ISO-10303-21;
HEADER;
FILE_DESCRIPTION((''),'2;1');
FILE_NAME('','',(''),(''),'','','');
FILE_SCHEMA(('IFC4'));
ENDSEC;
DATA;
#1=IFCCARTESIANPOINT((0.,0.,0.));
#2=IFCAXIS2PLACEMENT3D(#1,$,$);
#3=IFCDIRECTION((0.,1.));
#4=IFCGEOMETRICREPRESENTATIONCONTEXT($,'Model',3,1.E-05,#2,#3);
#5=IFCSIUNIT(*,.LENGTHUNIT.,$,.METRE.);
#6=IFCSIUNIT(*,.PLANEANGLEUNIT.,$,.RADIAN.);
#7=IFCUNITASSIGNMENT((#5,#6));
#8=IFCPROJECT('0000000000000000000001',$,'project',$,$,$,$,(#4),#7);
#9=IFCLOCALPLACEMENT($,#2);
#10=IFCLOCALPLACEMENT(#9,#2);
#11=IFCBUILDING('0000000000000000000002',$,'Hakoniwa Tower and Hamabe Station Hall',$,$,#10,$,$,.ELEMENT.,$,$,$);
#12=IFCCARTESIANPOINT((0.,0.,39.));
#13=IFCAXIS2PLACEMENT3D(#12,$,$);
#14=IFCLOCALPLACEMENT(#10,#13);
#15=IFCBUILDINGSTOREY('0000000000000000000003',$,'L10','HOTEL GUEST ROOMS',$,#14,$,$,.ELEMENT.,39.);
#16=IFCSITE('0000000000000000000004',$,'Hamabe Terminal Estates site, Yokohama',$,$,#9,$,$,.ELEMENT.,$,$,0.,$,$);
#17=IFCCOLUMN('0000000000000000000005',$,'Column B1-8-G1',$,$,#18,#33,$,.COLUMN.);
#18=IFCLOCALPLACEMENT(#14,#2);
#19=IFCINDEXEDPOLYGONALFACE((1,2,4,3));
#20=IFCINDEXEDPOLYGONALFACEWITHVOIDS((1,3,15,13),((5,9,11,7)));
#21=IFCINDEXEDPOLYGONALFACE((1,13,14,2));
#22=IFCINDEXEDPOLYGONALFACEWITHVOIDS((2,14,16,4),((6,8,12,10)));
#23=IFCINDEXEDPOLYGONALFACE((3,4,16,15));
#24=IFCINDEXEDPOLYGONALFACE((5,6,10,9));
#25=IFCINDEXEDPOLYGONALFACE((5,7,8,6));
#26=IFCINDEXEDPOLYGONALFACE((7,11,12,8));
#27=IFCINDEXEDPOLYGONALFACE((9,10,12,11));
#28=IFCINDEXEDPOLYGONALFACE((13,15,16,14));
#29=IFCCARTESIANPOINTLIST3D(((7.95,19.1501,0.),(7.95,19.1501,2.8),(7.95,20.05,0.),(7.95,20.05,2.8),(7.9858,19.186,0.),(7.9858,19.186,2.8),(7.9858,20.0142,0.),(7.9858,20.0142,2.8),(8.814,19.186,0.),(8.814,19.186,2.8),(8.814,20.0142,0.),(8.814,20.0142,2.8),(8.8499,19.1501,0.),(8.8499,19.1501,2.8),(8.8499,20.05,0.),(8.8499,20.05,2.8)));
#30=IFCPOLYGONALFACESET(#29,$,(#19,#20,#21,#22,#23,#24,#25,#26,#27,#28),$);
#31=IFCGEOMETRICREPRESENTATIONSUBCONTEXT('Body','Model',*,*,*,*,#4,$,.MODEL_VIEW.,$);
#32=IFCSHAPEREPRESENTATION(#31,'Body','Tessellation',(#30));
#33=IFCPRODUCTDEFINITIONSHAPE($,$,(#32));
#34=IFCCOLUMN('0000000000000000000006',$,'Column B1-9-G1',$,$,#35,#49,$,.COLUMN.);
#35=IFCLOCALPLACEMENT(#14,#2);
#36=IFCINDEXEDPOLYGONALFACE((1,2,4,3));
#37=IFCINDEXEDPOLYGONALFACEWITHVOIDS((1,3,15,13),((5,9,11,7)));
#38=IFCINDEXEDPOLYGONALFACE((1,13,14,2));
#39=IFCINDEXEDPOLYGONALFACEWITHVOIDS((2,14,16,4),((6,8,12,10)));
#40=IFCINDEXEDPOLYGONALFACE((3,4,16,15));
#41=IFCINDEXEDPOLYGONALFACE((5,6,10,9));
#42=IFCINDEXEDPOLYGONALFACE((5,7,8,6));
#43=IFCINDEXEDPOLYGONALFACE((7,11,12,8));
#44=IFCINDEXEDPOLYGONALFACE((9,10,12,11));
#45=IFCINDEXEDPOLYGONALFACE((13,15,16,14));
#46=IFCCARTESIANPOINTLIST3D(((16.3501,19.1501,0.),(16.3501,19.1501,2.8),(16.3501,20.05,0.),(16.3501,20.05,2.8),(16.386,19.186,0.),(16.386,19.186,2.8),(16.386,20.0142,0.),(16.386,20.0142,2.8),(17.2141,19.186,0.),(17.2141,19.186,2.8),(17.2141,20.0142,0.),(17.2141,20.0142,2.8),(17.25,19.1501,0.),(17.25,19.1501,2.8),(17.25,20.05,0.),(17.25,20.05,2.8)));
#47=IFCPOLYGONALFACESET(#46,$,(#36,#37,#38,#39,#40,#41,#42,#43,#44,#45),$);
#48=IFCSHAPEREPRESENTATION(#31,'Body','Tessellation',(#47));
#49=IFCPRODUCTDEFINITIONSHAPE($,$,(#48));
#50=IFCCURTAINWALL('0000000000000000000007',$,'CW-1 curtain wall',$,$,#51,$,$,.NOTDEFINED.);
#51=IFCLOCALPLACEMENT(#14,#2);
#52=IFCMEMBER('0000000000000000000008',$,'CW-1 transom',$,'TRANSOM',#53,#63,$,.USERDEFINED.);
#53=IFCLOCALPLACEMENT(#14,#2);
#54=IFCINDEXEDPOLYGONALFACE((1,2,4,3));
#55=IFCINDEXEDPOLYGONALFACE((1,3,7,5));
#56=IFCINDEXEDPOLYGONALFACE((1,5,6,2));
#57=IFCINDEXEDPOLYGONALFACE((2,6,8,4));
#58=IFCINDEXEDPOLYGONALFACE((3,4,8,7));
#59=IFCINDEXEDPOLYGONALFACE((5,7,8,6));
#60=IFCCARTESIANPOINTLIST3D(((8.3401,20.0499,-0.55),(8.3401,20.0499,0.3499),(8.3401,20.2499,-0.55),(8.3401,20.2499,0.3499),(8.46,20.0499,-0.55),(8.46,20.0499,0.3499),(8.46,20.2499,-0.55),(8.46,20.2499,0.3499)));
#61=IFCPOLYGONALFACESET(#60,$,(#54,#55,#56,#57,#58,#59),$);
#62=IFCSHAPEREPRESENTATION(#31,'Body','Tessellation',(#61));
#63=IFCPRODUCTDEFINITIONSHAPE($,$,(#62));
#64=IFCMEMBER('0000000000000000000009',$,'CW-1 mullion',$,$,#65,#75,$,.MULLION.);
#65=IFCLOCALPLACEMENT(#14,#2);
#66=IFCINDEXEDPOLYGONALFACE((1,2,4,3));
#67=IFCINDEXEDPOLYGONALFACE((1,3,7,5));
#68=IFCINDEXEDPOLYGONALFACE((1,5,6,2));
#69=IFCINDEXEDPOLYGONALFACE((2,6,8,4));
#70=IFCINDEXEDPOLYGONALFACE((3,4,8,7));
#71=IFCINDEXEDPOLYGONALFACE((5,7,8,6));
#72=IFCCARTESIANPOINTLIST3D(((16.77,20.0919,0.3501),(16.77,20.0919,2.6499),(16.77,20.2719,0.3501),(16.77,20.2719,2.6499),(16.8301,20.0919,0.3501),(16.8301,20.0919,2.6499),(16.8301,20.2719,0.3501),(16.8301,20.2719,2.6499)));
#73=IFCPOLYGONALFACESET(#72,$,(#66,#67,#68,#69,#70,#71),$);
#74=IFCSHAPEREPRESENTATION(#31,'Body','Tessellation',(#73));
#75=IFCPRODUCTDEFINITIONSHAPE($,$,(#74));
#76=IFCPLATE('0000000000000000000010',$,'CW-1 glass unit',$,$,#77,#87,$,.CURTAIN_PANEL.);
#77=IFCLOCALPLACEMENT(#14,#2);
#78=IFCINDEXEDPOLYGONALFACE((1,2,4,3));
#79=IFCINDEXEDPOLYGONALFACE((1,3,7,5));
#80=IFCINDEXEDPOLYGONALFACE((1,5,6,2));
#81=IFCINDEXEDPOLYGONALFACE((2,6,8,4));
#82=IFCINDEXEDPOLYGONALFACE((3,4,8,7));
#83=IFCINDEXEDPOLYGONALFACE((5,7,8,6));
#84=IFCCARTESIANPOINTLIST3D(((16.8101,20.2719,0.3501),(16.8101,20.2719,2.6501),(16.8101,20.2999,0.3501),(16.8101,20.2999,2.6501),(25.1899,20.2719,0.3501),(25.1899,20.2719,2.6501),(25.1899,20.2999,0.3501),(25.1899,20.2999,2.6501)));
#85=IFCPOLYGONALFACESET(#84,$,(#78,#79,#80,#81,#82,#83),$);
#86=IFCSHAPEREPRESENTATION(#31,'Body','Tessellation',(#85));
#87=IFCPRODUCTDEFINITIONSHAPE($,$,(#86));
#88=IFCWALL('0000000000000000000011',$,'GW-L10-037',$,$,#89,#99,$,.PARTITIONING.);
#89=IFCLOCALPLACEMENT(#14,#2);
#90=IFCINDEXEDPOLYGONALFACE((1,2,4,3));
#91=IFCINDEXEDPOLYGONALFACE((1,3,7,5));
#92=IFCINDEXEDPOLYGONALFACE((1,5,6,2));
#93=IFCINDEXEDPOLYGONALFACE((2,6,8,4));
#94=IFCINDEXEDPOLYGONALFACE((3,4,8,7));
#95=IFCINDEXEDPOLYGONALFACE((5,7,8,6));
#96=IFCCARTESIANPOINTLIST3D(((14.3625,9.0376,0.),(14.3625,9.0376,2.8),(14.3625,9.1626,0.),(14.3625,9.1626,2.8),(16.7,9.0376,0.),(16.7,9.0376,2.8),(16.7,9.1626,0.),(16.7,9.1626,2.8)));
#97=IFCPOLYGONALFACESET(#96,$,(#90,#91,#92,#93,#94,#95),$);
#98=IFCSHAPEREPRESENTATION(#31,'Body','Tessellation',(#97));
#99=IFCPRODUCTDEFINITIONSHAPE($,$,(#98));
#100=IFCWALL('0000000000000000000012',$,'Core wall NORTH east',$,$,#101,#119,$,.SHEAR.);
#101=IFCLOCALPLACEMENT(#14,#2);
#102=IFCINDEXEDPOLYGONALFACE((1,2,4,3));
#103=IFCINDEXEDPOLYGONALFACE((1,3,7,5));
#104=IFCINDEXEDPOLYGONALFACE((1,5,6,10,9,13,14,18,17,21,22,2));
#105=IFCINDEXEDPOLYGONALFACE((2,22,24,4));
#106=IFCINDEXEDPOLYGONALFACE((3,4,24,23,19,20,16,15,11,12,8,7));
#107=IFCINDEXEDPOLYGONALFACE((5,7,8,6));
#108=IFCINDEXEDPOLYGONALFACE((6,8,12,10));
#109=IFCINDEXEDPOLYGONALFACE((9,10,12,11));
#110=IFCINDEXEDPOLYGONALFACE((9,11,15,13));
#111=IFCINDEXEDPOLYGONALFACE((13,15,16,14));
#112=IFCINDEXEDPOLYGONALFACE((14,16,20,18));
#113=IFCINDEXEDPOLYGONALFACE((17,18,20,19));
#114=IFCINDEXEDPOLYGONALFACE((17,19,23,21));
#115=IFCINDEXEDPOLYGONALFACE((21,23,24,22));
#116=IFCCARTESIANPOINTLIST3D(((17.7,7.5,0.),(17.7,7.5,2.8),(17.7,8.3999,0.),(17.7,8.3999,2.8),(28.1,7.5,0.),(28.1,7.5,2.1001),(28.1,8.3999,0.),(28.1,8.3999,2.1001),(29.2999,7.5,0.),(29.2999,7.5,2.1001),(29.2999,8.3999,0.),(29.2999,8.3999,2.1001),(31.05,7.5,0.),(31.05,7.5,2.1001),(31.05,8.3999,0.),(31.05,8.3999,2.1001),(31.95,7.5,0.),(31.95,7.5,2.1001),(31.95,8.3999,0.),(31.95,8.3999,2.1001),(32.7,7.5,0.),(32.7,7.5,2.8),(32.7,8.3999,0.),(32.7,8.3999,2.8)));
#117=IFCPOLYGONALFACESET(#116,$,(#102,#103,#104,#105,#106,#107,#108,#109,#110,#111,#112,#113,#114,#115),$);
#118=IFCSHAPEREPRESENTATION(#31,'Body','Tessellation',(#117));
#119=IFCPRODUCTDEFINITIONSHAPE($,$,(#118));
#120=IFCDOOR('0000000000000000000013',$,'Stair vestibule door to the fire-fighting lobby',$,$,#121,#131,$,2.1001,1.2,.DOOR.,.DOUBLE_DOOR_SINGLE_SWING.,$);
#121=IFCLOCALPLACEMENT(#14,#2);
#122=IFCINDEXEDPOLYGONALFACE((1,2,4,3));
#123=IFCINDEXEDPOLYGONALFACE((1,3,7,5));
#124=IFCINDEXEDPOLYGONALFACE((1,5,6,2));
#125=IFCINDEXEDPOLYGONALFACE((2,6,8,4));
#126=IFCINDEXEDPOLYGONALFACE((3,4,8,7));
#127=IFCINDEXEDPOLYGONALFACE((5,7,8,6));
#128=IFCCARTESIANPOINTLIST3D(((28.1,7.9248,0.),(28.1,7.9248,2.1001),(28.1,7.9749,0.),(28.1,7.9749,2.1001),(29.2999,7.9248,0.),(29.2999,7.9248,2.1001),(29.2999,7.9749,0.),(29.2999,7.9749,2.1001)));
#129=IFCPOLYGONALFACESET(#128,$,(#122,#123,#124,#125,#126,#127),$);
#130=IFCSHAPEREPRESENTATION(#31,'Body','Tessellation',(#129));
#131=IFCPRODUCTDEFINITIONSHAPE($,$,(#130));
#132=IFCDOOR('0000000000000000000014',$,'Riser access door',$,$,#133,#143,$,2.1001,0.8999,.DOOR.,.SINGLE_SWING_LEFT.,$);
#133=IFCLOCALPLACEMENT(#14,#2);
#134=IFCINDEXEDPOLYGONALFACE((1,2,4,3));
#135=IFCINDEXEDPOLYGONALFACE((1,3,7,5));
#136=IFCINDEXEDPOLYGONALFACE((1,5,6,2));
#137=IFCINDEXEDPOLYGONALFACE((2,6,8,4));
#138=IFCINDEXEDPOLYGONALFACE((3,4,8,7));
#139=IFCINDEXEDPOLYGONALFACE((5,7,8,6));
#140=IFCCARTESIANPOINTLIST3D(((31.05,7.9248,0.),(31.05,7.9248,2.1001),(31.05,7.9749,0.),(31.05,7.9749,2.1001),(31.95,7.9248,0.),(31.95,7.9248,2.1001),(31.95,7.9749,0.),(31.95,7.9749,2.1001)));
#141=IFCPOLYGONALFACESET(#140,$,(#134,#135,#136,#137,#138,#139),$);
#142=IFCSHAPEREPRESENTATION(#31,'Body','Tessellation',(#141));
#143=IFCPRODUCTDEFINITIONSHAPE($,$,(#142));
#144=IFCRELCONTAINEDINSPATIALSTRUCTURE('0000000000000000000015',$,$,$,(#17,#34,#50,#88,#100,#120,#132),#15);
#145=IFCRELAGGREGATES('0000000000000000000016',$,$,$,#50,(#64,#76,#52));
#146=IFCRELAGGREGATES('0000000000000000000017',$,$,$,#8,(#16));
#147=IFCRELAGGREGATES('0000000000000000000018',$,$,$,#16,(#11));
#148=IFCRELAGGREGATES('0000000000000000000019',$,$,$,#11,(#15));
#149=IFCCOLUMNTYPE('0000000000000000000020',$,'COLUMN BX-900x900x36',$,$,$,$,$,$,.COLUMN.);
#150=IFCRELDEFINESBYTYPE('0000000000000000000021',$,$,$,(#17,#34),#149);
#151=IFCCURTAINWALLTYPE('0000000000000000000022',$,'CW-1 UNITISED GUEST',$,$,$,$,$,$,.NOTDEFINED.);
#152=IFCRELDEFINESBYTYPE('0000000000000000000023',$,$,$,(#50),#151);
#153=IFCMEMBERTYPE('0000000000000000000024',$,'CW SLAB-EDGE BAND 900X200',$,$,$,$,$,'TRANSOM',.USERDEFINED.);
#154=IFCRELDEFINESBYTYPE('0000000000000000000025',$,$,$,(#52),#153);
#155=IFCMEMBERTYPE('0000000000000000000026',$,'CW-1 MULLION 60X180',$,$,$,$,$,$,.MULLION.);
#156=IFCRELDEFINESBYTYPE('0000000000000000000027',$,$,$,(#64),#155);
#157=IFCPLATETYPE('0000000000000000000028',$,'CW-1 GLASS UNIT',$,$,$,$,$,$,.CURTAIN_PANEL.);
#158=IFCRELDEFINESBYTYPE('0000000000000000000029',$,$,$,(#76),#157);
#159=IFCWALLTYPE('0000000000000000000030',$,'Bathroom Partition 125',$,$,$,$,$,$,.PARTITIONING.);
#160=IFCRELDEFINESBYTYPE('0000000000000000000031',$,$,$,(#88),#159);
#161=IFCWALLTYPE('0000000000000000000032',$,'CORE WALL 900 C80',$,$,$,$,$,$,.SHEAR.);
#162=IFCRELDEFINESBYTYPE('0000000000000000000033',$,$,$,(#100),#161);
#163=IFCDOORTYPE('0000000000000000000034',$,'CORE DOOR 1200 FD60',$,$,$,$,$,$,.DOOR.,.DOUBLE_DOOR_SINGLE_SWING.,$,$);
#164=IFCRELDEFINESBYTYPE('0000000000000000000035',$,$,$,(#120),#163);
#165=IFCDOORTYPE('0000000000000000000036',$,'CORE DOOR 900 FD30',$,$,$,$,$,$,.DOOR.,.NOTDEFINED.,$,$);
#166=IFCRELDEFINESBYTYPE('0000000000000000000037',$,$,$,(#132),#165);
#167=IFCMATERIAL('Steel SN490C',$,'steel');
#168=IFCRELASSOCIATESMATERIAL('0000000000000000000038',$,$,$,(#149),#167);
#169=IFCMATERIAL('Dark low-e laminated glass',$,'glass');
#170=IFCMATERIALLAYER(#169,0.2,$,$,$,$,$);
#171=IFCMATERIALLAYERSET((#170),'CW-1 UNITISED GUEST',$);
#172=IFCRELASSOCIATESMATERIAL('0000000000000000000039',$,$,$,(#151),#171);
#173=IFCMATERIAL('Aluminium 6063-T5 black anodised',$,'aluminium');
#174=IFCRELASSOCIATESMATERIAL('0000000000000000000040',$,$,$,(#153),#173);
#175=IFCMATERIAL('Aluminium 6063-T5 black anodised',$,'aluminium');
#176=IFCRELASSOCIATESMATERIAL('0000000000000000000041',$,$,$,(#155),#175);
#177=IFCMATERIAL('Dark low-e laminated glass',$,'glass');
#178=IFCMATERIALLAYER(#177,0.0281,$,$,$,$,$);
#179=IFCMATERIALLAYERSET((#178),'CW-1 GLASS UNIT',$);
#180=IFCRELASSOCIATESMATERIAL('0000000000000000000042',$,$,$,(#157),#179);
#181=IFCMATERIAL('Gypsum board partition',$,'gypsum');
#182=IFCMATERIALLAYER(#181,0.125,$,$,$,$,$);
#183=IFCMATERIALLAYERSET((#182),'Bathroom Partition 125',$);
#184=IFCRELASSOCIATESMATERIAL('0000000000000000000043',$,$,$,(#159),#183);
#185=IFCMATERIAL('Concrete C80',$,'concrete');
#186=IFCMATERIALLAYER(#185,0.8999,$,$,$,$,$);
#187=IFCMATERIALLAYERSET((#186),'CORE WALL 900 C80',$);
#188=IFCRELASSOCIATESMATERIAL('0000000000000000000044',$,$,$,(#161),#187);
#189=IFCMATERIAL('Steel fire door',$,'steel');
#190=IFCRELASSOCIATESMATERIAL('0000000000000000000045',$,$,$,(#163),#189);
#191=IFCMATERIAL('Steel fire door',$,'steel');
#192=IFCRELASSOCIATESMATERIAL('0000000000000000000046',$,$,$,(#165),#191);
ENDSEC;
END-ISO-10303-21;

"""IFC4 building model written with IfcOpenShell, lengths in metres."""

from ifc_helpers import new_model, si_unit, direction, frame, frame_2d, origin, origin_2d, place, context, subcontext, project, spatial, rectangle, hollow_rectangle, extrude, material, layer, layer_set, material_profile, profile_set, type_object, element, fill, aggregate, save


model = new_model("IFC4")

# Units and contexts
model_context = context("Model", 3, precision=1e-05, world=origin(), true_north=direction((0.0, 1.0)))
body_context = subcontext(model_context, "Body", "Model", "MODEL_VIEW")
ifc_project = project(units=[si_unit("LENGTHUNIT", "METRE"), si_unit("PLANEANGLEUNIT", "RADIAN")], contexts=[model_context])

# Site, building, storey
site_placement = place(None, origin())
site = spatial("IfcSite", under=ifc_project, at=site_placement, Name="Hamabe Terminal Estates site, Yokohama", CompositionType="ELEMENT", RefElevation=0.0)
building_placement = place(site_placement, origin())
building = spatial("IfcBuilding", under=site, at=building_placement, Name="Hakoniwa Tower and Hamabe Station Hall", CompositionType="ELEMENT")
storey_placement = place(building_placement, frame((0.0, 0.0, 39.0)))
storey = spatial("IfcBuildingStorey", under=building, at=storey_placement, Name="L10", Description="HOTEL GUEST ROOMS", CompositionType="ELEMENT", Elevation=39.0)

# Columns
ifc_material_1 = material(Name="Steel SN490C", Category="steel")
ifc_material_profile_1 = material_profile(ifc_material_1, hollow_rectangle(XDim=0.8999, YDim=0.8999, WallThickness=0.0359, at=origin_2d()), Name="BX-900x900x36")
ifc_profile_set_1 = profile_set([ifc_material_profile_1], Name="Steel SN490C")
column_type = type_object("IfcColumnType", Name="COLUMN BX-900x900x36", PredefinedType="COLUMN", material=ifc_profile_set_1)
for number, where, z_axis, x_axis, name in (
    (1, (8.3999, 19.6001, 0.0), (0.0, 0.0, 1.0), (1.0, 0.0, 0.0), "Column B1-8-G1"),
    (2, (16.8, 19.6001, 0.0), (0.0, 0.0, 1.0), (1.0, 0.0, 0.0), "Column B1-9-G1"),
):
    element("IfcColumn", number, at=place(storey_placement, frame(where, z_axis=z_axis, x_axis=x_axis)), inside=storey, type_object=column_type, Name=name, PredefinedType="COLUMN", context=body_context, shape_type="SweptSolid", body=[
        extrude(hollow_rectangle(XDim=0.8999, YDim=0.8999, WallThickness=0.0359, at=origin_2d()), origin(), (0.0, 0.0, 1.0), 2.8),
    ])

# Curtain wall, members, plate
ifc_material_2 = material(Name="Dark low-e laminated glass", Category="glass")
ifc_layer_1 = layer(ifc_material_2, 0.2)
ifc_layer_set_1 = layer_set([ifc_layer_1], Name="CW-1 UNITISED GUEST")
curtain_wall_type = type_object("IfcCurtainWallType", Name="CW-1 UNITISED GUEST", PredefinedType="NOTDEFINED", material=ifc_layer_set_1)
curtain_wall_placement = place(storey_placement, origin())
curtain_wall = element("IfcCurtainWall", 3, at=curtain_wall_placement, inside=storey, type_object=curtain_wall_type, Name="CW-1 curtain wall", PredefinedType="NOTDEFINED")
ifc_material_3 = material(Name="Aluminium 6063-T5 black anodised", Category="aluminium")
ifc_material_profile_2 = material_profile(ifc_material_3, rectangle(XDim=0.2, YDim=0.8999, at=origin_2d()), Name="CW SLAB-EDGE BAND 900X200")
ifc_profile_set_2 = profile_set([ifc_material_profile_2], Name="Aluminium 6063-T5 black anodised")
member_type_1 = type_object("IfcMemberType", Name="CW SLAB-EDGE BAND 900X200", ElementType="TRANSOM", PredefinedType="USERDEFINED", material=ifc_profile_set_2)
member_1_placement = place(storey_placement, frame((8.46, 20.1499, -0.1001), z_axis=(-1.0, 0.0, 0.0), x_axis=(0.0, -1.0, 0.0)))
member_1 = element("IfcMember", 4, at=member_1_placement, type_object=member_type_1, Name="CW-1 transom", ObjectType="TRANSOM", PredefinedType="USERDEFINED", context=body_context, shape_type="SweptSolid", body=[
    extrude(rectangle(XDim=0.2, YDim=0.8999, at=origin_2d()), origin(), (0.0, 0.0, 1.0), 0.1199),
])
ifc_material_4 = material(Name="Aluminium 6063-T5 black anodised", Category="aluminium")
ifc_material_profile_3 = material_profile(ifc_material_4, rectangle(XDim=0.0601, YDim=0.1799, at=origin_2d()), Name="CW-1 MULLION 60X180")
ifc_profile_set_3 = profile_set([ifc_material_profile_3], Name="Aluminium 6063-T5 black anodised")
member_type_2 = type_object("IfcMemberType", Name="CW-1 MULLION 60X180", PredefinedType="MULLION", material=ifc_profile_set_3)
member_2_placement = place(storey_placement, frame((16.8, 20.1819, 0.3501), z_axis=(0.0, 0.0, 1.0), x_axis=(-1.0, 0.0, 0.0)))
member_2 = element("IfcMember", 5, at=member_2_placement, type_object=member_type_2, Name="CW-1 mullion", PredefinedType="MULLION", context=body_context, shape_type="SweptSolid", body=[
    extrude(rectangle(XDim=0.0601, YDim=0.1799, at=origin_2d()), origin(), (0.0, 0.0, 1.0), 2.2998),
])
ifc_material_5 = material(Name="Dark low-e laminated glass", Category="glass")
ifc_layer_2 = layer(ifc_material_5, 0.0281)
ifc_layer_set_2 = layer_set([ifc_layer_2], Name="CW-1 GLASS UNIT")
plate_type = type_object("IfcPlateType", Name="CW-1 GLASS UNIT", PredefinedType="CURTAIN_PANEL", material=ifc_layer_set_2)
plate_placement = place(storey_placement, frame((21.0, 20.2859, 0.3501), z_axis=(0.0, 0.0, 1.0), x_axis=(-1.0, 0.0, 0.0)))
plate = element("IfcPlate", 6, at=plate_placement, type_object=plate_type, Name="CW-1 glass unit", PredefinedType="CURTAIN_PANEL", context=body_context, shape_type="SweptSolid", body=[
    extrude(rectangle(XDim=8.3799, YDim=0.0281, at=origin_2d()), origin(), (0.0, 0.0, 1.0), 2.3),
])

# Wall
ifc_material_6 = material(Name="Gypsum board partition", Category="gypsum")
ifc_layer_3 = layer(ifc_material_6, 0.125)
ifc_layer_set_3 = layer_set([ifc_layer_3], Name="Bathroom Partition 125")
wall_type_1 = type_object("IfcWallType", Name="Bathroom Partition 125", PredefinedType="PARTITIONING", material=ifc_layer_set_3)
wall_1_placement = place(storey_placement, frame((14.3625, 9.1001, 0.0), z_axis=(0.0, 0.0, 1.0), x_axis=(1.0, 0.0, 0.0)))
element("IfcWall", 7, at=wall_1_placement, inside=storey, type_object=wall_type_1, Name="GW-L10-037", PredefinedType="PARTITIONING", context=body_context, shape_type="SweptSolid", body=[
    extrude(rectangle(XDim=2.3374, YDim=0.125, at=frame_2d((1.1687, 0.0))), origin(), (0.0, 0.0, 1.0), 2.8),
])

# Wall, openings, doors
ifc_material_7 = material(Name="Concrete C80", Category="concrete")
ifc_layer_4 = layer(ifc_material_7, 0.8999)
ifc_layer_set_4 = layer_set([ifc_layer_4], Name="CORE WALL 900 C80")
wall_type_2 = type_object("IfcWallType", Name="CORE WALL 900 C80", PredefinedType="SHEAR", material=ifc_layer_set_4)
wall_2_placement = place(storey_placement, frame((17.7, 7.95, 0.0), z_axis=(0.0, 0.0, 1.0), x_axis=(1.0, 0.0, 0.0)))
wall_2 = element("IfcWall", 8, at=wall_2_placement, inside=storey, type_object=wall_type_2, Name="Core wall NORTH east", PredefinedType="SHEAR", context=body_context, shape_type="SweptSolid", body=[
    extrude(rectangle(XDim=15.0, YDim=0.8999, at=frame_2d((7.5, 0.0))), origin(), (0.0, 0.0, 1.0), 2.8),
])
opening_1_placement = place(wall_2_placement, frame((10.3999, 0.0, 0.0)))
opening_1 = element("IfcOpeningElement", 9, at=opening_1_placement, cuts=wall_2, PredefinedType="OPENING", context=body_context, shape_type="SweptSolid", body=[
    extrude(rectangle(XDim=1.2, YDim=2.1001, at=frame_2d((0.6001, 1.05))), frame((0.0, 0.46, 0.0), z_axis=(0.0, -1.0, 0.0), x_axis=(1.0, 0.0, 0.0)), (0.0, 0.0, 1.0), 0.9199),
])
opening_2_placement = place(wall_2_placement, frame((13.3501, 0.0, 0.0)))
opening_2 = element("IfcOpeningElement", 10, at=opening_2_placement, cuts=wall_2, PredefinedType="OPENING", context=body_context, shape_type="SweptSolid", body=[
    extrude(rectangle(XDim=0.8999, YDim=2.1001, at=frame_2d((0.45, 1.05))), frame((0.0, 0.46, 0.0), z_axis=(0.0, -1.0, 0.0), x_axis=(1.0, 0.0, 0.0)), (0.0, 0.0, 1.0), 0.9199),
])
ifc_material_8 = material(Name="Steel fire door", Category="steel")
door_type_1 = type_object("IfcDoorType", Name="CORE DOOR 1200 FD60", OperationType="DOUBLE_DOOR_SINGLE_SWING", PredefinedType="DOOR", material=ifc_material_8)
door_1_placement = place(opening_1_placement, origin())
door_1 = element("IfcDoor", 11, at=door_1_placement, inside=storey, type_object=door_type_1, Name="Stair vestibule door to the fire-fighting lobby", OperationType="DOUBLE_DOOR_SINGLE_SWING", OverallHeight=2.1001, OverallWidth=1.2, PredefinedType="DOOR", context=body_context, shape_type="SweptSolid", body=[
    extrude(rectangle(XDim=1.2, YDim=2.1001, at=frame_2d((0.6001, 1.05))), frame((0.0, 0.0249, 0.0), z_axis=(0.0, -1.0, 0.0), x_axis=(1.0, 0.0, 0.0)), (0.0, 0.0, 1.0), 0.05),
])
fill(opening_1, door_1)
ifc_material_9 = material(Name="Steel fire door", Category="steel")
door_type_2 = type_object("IfcDoorType", Name="CORE DOOR 900 FD30", OperationType="NOTDEFINED", PredefinedType="DOOR", material=ifc_material_9)
door_2_placement = place(opening_2_placement, origin())
door_2 = element("IfcDoor", 12, at=door_2_placement, inside=storey, type_object=door_type_2, Name="Riser access door", OperationType="SINGLE_SWING_LEFT", OverallHeight=2.1001, OverallWidth=0.8999, PredefinedType="DOOR", context=body_context, shape_type="SweptSolid", body=[
    extrude(rectangle(XDim=0.8999, YDim=2.1001, at=frame_2d((0.45, 1.05))), frame((0.0, 0.0249, 0.0), z_axis=(0.0, -1.0, 0.0), x_axis=(1.0, 0.0, 0.0)), (0.0, 0.0, 1.0), 0.05),
])
fill(opening_2, door_2)

aggregate(curtain_wall, [member_2, plate, member_1])

save(model, "model.ifc")
